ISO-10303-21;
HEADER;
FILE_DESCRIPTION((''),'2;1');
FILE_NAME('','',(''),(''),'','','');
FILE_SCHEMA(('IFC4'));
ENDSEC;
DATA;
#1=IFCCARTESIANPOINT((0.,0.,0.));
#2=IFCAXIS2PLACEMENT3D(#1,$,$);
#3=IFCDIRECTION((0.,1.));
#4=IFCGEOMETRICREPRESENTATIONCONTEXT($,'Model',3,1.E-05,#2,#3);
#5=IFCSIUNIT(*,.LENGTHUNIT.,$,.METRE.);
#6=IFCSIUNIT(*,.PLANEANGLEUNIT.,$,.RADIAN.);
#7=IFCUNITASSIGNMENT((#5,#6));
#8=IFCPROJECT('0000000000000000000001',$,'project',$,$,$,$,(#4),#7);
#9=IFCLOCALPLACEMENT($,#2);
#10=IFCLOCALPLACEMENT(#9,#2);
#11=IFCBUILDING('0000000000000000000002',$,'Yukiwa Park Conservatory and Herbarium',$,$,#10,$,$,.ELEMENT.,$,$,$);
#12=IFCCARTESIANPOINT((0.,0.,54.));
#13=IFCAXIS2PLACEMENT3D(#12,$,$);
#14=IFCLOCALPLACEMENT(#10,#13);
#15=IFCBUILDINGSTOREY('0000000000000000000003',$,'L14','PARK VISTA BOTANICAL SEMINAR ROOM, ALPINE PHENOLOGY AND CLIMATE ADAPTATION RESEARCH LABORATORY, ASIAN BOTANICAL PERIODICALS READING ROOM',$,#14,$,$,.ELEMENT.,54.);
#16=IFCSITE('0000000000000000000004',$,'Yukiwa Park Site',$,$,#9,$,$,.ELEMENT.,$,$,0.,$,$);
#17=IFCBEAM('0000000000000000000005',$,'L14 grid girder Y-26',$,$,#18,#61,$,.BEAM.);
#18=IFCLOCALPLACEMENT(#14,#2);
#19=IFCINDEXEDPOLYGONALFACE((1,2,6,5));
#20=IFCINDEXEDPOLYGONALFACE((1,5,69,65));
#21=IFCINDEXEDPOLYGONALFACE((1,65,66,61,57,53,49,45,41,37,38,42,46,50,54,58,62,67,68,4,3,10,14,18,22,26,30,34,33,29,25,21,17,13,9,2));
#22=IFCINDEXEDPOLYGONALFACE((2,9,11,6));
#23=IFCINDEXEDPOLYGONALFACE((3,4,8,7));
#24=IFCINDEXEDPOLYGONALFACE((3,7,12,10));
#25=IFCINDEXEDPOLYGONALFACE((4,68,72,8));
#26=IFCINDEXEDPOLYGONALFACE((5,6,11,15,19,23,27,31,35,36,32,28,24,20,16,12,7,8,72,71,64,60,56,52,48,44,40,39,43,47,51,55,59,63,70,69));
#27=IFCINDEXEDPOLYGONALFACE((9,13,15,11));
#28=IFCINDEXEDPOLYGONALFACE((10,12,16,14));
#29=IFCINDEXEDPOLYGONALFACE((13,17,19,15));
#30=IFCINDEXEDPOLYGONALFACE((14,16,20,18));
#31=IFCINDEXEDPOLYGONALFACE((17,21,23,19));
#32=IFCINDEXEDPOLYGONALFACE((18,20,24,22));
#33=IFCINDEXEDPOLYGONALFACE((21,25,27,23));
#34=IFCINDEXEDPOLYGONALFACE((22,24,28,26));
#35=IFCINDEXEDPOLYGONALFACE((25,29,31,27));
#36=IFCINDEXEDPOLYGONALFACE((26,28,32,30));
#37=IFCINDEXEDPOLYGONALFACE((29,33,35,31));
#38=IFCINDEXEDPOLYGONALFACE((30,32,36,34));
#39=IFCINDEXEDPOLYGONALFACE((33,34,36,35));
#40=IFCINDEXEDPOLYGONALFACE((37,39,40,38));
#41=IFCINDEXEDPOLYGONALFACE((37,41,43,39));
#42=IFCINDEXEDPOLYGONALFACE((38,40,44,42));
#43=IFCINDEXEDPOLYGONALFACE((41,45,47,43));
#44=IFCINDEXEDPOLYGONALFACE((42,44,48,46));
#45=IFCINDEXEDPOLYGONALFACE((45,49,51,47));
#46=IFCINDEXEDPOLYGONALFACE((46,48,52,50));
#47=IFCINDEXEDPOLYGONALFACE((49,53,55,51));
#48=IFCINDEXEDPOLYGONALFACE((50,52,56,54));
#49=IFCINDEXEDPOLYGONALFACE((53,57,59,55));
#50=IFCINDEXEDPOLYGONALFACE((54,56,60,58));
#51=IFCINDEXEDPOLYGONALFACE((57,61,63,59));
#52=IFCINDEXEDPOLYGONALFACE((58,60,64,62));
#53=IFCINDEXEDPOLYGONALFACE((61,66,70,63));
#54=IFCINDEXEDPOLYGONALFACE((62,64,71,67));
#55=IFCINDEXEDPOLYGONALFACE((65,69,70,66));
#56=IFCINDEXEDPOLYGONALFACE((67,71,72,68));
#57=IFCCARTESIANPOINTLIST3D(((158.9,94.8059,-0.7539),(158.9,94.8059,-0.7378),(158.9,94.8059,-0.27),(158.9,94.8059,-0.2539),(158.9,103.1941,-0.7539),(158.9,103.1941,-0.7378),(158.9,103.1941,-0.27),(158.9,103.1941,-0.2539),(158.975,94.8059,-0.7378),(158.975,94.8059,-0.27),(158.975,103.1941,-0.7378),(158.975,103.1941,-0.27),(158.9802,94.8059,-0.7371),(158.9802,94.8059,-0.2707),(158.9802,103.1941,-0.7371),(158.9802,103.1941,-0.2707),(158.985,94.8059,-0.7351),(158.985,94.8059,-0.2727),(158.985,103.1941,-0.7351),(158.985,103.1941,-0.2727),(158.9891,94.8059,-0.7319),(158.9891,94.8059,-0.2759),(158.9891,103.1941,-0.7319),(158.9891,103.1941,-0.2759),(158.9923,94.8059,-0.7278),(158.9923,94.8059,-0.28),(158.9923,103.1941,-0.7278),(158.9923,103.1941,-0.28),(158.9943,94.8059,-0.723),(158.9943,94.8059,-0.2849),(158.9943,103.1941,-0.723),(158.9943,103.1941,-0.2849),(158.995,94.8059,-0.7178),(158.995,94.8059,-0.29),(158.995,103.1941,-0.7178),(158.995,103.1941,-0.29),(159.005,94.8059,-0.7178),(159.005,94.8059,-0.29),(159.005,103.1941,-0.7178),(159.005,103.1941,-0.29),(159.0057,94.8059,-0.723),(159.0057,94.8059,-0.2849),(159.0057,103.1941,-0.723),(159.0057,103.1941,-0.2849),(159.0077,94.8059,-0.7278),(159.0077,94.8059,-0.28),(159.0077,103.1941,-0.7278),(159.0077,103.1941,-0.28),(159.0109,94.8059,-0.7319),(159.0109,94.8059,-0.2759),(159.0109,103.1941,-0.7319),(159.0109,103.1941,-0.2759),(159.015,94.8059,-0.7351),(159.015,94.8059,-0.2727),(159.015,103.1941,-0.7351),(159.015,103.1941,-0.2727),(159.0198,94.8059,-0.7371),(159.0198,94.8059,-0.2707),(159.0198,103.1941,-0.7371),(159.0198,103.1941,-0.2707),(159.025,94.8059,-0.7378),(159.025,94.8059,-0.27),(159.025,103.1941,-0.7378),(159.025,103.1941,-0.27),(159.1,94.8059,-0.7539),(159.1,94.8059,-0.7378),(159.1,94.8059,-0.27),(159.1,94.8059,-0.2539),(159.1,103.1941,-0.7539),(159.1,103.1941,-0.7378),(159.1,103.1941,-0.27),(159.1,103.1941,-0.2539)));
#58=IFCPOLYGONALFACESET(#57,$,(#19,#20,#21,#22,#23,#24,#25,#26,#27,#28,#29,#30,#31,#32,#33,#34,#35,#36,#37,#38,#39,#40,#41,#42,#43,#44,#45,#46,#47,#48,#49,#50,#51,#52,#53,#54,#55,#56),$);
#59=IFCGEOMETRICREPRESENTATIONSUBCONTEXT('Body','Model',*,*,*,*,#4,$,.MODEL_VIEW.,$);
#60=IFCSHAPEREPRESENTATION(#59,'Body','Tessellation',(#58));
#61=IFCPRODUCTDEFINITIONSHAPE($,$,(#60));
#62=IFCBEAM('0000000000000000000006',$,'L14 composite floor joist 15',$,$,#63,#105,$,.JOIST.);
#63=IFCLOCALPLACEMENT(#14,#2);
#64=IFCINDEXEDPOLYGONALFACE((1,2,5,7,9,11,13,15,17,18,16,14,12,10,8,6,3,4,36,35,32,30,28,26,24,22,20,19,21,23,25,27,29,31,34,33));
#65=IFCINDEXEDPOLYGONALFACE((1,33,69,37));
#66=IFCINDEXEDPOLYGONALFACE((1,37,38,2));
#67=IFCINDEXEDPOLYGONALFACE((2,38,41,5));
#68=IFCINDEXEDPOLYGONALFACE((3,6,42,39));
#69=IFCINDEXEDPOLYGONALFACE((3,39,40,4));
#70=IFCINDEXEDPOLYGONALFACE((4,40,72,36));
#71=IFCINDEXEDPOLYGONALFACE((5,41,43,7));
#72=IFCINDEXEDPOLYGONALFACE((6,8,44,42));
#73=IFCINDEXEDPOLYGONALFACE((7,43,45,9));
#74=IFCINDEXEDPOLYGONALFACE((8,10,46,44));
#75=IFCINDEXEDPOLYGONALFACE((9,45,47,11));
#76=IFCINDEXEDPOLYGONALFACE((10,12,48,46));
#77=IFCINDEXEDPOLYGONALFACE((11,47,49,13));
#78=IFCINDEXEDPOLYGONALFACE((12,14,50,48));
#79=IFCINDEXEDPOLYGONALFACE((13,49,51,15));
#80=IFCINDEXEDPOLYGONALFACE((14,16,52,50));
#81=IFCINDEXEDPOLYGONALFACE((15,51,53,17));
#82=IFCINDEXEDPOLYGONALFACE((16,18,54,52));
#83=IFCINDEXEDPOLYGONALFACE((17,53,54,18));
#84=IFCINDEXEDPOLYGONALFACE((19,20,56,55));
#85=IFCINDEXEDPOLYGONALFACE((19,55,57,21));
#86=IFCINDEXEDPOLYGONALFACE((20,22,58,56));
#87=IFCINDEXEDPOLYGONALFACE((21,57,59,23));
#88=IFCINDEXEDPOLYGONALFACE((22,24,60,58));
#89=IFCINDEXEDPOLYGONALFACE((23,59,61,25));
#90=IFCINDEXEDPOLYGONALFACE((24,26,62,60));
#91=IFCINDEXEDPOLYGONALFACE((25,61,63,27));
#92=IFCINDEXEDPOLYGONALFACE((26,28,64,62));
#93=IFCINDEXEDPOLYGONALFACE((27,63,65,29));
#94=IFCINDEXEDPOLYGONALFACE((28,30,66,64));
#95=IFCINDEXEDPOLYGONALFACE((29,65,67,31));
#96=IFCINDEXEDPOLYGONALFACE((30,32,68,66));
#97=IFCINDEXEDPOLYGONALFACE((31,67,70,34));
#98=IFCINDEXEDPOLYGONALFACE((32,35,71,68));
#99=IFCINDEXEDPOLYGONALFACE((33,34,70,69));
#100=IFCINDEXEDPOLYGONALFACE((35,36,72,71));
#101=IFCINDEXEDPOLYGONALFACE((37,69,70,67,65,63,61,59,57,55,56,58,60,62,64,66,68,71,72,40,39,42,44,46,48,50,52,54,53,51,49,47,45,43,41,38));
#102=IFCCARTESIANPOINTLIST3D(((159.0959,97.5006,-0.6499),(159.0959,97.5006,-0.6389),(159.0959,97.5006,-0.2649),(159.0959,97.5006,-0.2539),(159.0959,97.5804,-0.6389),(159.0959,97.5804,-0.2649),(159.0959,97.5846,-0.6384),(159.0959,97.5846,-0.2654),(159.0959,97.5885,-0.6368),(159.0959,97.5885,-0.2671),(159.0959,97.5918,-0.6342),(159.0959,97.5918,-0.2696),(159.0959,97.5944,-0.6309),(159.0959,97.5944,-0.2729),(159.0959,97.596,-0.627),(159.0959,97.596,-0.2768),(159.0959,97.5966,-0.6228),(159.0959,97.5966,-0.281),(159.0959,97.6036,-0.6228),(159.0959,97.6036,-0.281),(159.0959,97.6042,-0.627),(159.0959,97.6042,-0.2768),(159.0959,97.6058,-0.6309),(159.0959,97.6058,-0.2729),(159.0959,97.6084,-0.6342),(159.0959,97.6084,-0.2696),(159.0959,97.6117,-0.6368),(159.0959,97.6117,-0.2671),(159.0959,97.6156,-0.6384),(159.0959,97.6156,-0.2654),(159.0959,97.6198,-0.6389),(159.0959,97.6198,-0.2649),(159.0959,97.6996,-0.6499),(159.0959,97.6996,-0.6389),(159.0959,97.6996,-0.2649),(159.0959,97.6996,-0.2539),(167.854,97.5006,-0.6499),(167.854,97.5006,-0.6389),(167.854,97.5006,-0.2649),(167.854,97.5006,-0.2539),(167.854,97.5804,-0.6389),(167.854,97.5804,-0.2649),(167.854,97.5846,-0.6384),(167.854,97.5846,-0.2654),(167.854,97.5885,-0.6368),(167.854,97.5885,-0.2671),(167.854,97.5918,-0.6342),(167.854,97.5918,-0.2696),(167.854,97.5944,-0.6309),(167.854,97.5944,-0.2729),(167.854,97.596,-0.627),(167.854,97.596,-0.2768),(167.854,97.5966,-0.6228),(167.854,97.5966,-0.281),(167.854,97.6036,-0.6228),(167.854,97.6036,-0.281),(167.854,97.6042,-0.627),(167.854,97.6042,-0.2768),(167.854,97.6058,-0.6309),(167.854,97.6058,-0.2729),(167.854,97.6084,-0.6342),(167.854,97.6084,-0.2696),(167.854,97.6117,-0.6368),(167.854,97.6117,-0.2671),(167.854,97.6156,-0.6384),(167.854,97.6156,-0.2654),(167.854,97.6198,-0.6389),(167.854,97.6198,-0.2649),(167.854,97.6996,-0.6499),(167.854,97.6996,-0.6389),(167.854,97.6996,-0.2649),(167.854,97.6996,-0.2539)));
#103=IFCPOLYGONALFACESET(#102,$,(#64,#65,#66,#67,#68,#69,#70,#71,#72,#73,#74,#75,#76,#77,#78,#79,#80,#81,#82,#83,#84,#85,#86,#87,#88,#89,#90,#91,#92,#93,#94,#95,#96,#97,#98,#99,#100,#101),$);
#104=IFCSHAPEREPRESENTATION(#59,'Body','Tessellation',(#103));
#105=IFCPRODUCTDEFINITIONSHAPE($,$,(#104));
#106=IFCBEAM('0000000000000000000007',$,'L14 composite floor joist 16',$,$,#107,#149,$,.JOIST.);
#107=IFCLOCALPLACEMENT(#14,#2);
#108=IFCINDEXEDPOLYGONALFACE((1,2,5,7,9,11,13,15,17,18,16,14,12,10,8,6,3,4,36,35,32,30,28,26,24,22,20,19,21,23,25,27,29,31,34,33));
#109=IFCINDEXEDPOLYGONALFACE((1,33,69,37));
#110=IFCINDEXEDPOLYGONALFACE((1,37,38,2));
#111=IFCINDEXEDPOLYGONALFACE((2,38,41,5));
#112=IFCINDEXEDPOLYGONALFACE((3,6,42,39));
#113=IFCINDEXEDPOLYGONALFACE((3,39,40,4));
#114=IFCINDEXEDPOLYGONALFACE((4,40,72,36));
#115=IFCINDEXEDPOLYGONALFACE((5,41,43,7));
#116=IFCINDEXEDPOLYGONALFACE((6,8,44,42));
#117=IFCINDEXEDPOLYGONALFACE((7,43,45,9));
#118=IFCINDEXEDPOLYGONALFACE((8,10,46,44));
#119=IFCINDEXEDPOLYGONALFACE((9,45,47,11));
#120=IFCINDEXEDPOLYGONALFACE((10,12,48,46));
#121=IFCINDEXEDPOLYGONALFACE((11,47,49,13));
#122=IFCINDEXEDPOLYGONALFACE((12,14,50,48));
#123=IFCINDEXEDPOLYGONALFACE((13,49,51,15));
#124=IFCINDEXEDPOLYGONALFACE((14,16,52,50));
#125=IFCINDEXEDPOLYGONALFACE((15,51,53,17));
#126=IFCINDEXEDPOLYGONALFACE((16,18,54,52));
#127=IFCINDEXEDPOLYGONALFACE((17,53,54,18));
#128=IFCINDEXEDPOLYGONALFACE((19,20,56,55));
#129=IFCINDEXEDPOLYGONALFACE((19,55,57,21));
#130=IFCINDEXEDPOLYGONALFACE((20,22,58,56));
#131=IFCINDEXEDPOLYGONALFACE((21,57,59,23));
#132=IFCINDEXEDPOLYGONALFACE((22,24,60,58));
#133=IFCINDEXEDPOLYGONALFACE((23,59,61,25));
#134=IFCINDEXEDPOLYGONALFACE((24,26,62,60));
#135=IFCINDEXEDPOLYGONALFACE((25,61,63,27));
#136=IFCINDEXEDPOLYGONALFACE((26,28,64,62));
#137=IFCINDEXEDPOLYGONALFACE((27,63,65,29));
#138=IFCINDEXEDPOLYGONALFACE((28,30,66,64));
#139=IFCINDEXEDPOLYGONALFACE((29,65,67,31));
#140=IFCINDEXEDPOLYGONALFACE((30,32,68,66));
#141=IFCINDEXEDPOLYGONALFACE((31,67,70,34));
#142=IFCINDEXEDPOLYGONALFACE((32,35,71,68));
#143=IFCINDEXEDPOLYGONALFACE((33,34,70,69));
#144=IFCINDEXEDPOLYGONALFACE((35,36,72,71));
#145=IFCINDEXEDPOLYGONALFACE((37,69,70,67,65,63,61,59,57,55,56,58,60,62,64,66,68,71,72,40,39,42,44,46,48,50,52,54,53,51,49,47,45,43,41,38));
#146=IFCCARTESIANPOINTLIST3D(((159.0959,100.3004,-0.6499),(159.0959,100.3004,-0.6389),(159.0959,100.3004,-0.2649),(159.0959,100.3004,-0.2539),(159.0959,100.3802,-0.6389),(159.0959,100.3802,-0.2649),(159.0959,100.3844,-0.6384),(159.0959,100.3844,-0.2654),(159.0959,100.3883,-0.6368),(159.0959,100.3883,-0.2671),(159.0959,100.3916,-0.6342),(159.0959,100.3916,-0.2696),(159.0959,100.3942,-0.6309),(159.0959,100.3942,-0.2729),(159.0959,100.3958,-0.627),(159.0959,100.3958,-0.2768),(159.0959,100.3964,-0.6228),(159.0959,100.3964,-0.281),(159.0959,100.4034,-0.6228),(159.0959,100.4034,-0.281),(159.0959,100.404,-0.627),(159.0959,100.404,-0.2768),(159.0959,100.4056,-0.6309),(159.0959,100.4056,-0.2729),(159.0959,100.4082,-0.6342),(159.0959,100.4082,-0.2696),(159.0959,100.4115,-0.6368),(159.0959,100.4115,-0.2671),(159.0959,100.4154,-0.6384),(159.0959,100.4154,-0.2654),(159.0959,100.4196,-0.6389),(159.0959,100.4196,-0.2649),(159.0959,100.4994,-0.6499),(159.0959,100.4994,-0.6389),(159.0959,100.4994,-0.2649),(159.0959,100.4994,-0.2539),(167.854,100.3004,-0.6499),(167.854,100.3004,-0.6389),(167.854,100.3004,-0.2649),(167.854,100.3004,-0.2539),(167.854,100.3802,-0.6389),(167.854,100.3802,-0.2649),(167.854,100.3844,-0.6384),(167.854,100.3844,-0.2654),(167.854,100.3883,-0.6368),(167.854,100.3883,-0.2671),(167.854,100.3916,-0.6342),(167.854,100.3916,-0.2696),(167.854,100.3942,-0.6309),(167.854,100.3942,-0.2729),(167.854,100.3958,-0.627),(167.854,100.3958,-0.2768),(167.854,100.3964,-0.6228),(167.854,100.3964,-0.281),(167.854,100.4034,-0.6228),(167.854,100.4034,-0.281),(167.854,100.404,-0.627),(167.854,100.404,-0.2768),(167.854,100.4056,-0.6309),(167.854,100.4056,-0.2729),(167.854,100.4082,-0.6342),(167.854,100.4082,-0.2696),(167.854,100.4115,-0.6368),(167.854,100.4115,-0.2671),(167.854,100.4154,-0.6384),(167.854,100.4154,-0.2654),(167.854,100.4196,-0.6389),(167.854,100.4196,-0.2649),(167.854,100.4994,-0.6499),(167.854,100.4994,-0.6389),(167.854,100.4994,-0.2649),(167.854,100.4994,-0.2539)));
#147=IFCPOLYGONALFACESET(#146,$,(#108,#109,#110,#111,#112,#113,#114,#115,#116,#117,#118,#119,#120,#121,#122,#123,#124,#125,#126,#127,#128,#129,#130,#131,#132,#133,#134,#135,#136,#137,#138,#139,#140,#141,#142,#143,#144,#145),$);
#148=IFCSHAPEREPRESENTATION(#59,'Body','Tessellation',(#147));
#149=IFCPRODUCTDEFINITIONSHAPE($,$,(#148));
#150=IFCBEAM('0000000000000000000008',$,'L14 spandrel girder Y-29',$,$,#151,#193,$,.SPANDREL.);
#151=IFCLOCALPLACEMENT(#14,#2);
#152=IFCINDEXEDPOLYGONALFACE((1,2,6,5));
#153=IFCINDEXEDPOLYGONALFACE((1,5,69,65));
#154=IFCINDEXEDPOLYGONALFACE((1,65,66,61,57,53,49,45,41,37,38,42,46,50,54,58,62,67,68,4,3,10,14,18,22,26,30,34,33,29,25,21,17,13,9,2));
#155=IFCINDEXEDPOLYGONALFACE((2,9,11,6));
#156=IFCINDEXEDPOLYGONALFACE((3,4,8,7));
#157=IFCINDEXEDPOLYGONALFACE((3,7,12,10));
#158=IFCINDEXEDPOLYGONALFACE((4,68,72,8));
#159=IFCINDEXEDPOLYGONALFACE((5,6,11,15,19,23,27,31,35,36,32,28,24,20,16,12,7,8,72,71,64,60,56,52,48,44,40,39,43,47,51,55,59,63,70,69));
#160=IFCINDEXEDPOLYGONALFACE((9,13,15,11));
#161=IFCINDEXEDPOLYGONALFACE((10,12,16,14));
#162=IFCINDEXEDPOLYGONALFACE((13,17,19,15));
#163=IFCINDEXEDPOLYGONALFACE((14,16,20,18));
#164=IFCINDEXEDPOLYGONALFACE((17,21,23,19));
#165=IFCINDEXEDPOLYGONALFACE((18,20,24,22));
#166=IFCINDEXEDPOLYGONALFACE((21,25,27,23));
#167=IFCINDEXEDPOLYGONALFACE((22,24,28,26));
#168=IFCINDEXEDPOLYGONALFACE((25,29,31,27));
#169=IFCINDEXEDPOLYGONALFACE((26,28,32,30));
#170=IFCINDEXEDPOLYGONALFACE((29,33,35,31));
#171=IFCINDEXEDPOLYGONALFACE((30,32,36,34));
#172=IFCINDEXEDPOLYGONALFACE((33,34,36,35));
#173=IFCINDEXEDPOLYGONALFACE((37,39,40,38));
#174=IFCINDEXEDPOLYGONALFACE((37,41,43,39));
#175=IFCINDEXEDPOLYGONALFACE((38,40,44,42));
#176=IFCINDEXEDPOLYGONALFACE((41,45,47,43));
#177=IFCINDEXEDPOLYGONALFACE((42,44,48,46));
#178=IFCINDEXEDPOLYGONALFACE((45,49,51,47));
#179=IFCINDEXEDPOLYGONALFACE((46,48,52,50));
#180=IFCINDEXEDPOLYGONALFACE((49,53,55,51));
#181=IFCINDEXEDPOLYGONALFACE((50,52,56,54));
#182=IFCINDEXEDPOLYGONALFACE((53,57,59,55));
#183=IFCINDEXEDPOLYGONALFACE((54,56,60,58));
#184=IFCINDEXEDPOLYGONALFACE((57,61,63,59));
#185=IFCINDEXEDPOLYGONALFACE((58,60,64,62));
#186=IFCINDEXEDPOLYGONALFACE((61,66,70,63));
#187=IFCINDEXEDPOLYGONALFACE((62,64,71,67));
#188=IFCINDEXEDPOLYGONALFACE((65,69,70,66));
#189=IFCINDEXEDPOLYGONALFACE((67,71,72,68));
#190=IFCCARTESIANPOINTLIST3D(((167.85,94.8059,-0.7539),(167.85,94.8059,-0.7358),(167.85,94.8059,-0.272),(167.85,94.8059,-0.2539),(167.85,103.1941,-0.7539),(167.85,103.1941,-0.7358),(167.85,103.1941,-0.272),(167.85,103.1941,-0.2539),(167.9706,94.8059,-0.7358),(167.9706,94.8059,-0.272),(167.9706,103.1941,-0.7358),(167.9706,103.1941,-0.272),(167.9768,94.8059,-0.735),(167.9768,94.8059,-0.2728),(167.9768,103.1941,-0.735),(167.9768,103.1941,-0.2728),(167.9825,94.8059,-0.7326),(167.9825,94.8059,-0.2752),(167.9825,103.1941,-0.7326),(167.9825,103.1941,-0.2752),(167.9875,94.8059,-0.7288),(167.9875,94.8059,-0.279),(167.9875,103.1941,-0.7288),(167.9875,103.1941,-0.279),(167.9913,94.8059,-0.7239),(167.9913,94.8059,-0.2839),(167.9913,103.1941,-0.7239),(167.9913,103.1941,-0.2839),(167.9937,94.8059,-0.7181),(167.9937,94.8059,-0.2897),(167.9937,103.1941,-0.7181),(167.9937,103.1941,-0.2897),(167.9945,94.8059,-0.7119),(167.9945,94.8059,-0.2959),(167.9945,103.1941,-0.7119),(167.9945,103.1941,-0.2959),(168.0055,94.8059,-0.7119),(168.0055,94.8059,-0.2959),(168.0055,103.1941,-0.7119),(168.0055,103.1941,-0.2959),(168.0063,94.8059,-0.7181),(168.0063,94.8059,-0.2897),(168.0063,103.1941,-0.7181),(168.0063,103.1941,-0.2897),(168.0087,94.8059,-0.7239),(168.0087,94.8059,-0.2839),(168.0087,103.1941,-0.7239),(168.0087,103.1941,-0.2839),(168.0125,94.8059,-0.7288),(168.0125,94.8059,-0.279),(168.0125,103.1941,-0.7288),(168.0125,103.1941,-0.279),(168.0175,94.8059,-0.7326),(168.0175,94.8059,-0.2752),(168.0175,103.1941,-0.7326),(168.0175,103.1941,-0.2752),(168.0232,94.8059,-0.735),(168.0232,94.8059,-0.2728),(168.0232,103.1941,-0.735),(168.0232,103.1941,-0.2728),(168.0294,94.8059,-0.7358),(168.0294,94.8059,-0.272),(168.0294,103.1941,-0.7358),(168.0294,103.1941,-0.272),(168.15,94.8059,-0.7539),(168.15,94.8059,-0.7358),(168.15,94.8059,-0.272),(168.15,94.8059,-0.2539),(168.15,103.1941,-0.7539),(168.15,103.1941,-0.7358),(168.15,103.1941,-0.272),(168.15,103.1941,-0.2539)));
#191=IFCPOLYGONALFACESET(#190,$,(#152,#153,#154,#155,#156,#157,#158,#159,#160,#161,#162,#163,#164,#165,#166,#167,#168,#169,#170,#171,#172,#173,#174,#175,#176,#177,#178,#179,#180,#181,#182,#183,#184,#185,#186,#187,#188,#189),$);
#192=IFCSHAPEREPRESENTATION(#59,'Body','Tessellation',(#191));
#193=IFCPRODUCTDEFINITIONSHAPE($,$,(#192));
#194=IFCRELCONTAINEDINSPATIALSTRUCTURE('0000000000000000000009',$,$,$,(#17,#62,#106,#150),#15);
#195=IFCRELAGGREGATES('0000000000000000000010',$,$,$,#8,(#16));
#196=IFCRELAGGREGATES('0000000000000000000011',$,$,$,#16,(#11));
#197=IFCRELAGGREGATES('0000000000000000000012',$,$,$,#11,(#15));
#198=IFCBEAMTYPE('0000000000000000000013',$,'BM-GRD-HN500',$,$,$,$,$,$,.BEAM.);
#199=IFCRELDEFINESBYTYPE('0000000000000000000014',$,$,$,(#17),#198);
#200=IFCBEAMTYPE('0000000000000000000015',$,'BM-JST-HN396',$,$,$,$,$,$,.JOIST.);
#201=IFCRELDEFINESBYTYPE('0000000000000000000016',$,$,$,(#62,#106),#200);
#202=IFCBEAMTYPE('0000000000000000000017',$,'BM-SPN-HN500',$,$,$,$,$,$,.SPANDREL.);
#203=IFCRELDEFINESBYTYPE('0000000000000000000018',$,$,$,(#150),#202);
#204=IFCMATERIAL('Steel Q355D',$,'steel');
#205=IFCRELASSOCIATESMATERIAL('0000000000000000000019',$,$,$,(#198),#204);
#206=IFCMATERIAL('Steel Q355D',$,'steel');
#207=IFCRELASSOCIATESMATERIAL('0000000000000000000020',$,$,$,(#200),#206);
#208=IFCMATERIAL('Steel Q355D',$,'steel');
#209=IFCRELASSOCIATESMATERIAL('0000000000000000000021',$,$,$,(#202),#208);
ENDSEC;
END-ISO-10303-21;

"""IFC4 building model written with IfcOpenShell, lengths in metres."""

from ifc_helpers import new_model, si_unit, direction, frame, origin, origin_2d, place, context, subcontext, project, spatial, i_section, extrude, material, material_profile, profile_set, type_object, element, save


model = new_model("IFC4")

# Units and contexts
model_context = context("Model", 3, precision=1e-05, world=origin(), true_north=direction((0.0, 1.0)))
body_context = subcontext(model_context, "Body", "Model", "MODEL_VIEW")
ifc_project = project(units=[si_unit("LENGTHUNIT", "METRE"), si_unit("PLANEANGLEUNIT", "RADIAN")], contexts=[model_context])

# Site, building, storey
site_placement = place(None, origin())
site = spatial("IfcSite", under=ifc_project, at=site_placement, Name="Yukiwa Park Site", CompositionType="ELEMENT", RefElevation=0.0)
building_placement = place(site_placement, origin())
building = spatial("IfcBuilding", under=site, at=building_placement, Name="Yukiwa Park Conservatory and Herbarium", CompositionType="ELEMENT")
storey_placement = place(building_placement, frame((0.0, 0.0, 54.0)))
storey = spatial("IfcBuildingStorey", under=building, at=storey_placement, Name="L14", Description="PARK VISTA BOTANICAL SEMINAR ROOM, ALPINE PHENOLOGY AND CLIMATE ADAPTATION RESEARCH LABORATORY, ASIAN BOTANICAL PERIODICALS READING ROOM", CompositionType="ELEMENT", Elevation=54.0)

# Beams
ifc_material_1 = material(Name="Steel Q355D", Category="steel")
ifc_material_profile_1 = material_profile(ifc_material_1, i_section(OverallWidth=0.2, OverallDepth=0.5, WebThickness=0.01, FlangeThickness=0.0161, FilletRadius=0.02, at=origin_2d()), Name="HN 500x200x10x16")
ifc_profile_set_1 = profile_set([ifc_material_profile_1], Name="Steel Q355D")
beam_type_1 = type_object("IfcBeamType", Name="BM-GRD-HN500", PredefinedType="BEAM", material=ifc_profile_set_1)
beam_1_placement = place(storey_placement, frame((159.0, 94.8059, -0.5039), z_axis=(0.0, 1.0, 0.0), x_axis=(-1.0, 0.0, 0.0)))
element("IfcBeam", 1, at=beam_1_placement, inside=storey, type_object=beam_type_1, Name="L14 grid girder Y-26", PredefinedType="BEAM", context=body_context, shape_type="SweptSolid", body=[
    extrude(i_section(OverallWidth=0.2, OverallDepth=0.5, WebThickness=0.01, FlangeThickness=0.0161, FilletRadius=0.02, at=origin_2d()), origin(), (0.0, 0.0, 1.0), 8.3882),
])
ifc_material_2 = material(Name="Steel Q355D", Category="steel")
ifc_material_profile_2 = material_profile(ifc_material_2, i_section(OverallWidth=0.199, OverallDepth=0.396, WebThickness=0.0071, FlangeThickness=0.011, FilletRadius=0.0161, at=origin_2d()), Name="HN 396x199x7x11")
ifc_profile_set_2 = profile_set([ifc_material_profile_2], Name="Steel Q355D")
beam_type_2 = type_object("IfcBeamType", Name="BM-JST-HN396", PredefinedType="JOIST", material=ifc_profile_set_2)
for number, where, z_axis, x_axis, name in (
    (2, (159.0959, 97.6001, -0.4519), (1.0, 0.0, 0.0), (0.0, 1.0, 0.0), "L14 composite floor joist 15"),
    (3, (159.0959, 100.3999, -0.4519), (1.0, 0.0, 0.0), (0.0, 1.0, 0.0), "L14 composite floor joist 16"),
):
    element("IfcBeam", number, at=place(storey_placement, frame(where, z_axis=z_axis, x_axis=x_axis)), inside=storey, type_object=beam_type_2, Name=name, PredefinedType="JOIST", context=body_context, shape_type="SweptSolid", body=[
        extrude(i_section(OverallWidth=0.199, OverallDepth=0.396, WebThickness=0.0071, FlangeThickness=0.011, FilletRadius=0.0161, at=origin_2d()), origin(), (0.0, 0.0, 1.0), 8.7581),
    ])
ifc_material_3 = material(Name="Steel Q355D", Category="steel")
ifc_material_profile_3 = material_profile(ifc_material_3, i_section(OverallWidth=0.3, OverallDepth=0.5, WebThickness=0.011, FlangeThickness=0.0181, FilletRadius=0.0239, at=origin_2d()), Name="HM 500x300x11x18")
ifc_profile_set_3 = profile_set([ifc_material_profile_3], Name="Steel Q355D")
beam_type_3 = type_object("IfcBeamType", Name="BM-SPN-HN500", PredefinedType="SPANDREL", material=ifc_profile_set_3)
beam_2_placement = place(storey_placement, frame((168.0, 94.8059, -0.5039), z_axis=(0.0, 1.0, 0.0), x_axis=(-1.0, 0.0, 0.0)))
element("IfcBeam", 4, at=beam_2_placement, inside=storey, type_object=beam_type_3, Name="L14 spandrel girder Y-29", PredefinedType="SPANDREL", context=body_context, shape_type="SweptSolid", body=[
    extrude(i_section(OverallWidth=0.3, OverallDepth=0.5, WebThickness=0.011, FlangeThickness=0.0181, FilletRadius=0.0239, at=origin_2d()), origin(), (0.0, 0.0, 1.0), 8.3882),
])

save(model, "model.ifc")
